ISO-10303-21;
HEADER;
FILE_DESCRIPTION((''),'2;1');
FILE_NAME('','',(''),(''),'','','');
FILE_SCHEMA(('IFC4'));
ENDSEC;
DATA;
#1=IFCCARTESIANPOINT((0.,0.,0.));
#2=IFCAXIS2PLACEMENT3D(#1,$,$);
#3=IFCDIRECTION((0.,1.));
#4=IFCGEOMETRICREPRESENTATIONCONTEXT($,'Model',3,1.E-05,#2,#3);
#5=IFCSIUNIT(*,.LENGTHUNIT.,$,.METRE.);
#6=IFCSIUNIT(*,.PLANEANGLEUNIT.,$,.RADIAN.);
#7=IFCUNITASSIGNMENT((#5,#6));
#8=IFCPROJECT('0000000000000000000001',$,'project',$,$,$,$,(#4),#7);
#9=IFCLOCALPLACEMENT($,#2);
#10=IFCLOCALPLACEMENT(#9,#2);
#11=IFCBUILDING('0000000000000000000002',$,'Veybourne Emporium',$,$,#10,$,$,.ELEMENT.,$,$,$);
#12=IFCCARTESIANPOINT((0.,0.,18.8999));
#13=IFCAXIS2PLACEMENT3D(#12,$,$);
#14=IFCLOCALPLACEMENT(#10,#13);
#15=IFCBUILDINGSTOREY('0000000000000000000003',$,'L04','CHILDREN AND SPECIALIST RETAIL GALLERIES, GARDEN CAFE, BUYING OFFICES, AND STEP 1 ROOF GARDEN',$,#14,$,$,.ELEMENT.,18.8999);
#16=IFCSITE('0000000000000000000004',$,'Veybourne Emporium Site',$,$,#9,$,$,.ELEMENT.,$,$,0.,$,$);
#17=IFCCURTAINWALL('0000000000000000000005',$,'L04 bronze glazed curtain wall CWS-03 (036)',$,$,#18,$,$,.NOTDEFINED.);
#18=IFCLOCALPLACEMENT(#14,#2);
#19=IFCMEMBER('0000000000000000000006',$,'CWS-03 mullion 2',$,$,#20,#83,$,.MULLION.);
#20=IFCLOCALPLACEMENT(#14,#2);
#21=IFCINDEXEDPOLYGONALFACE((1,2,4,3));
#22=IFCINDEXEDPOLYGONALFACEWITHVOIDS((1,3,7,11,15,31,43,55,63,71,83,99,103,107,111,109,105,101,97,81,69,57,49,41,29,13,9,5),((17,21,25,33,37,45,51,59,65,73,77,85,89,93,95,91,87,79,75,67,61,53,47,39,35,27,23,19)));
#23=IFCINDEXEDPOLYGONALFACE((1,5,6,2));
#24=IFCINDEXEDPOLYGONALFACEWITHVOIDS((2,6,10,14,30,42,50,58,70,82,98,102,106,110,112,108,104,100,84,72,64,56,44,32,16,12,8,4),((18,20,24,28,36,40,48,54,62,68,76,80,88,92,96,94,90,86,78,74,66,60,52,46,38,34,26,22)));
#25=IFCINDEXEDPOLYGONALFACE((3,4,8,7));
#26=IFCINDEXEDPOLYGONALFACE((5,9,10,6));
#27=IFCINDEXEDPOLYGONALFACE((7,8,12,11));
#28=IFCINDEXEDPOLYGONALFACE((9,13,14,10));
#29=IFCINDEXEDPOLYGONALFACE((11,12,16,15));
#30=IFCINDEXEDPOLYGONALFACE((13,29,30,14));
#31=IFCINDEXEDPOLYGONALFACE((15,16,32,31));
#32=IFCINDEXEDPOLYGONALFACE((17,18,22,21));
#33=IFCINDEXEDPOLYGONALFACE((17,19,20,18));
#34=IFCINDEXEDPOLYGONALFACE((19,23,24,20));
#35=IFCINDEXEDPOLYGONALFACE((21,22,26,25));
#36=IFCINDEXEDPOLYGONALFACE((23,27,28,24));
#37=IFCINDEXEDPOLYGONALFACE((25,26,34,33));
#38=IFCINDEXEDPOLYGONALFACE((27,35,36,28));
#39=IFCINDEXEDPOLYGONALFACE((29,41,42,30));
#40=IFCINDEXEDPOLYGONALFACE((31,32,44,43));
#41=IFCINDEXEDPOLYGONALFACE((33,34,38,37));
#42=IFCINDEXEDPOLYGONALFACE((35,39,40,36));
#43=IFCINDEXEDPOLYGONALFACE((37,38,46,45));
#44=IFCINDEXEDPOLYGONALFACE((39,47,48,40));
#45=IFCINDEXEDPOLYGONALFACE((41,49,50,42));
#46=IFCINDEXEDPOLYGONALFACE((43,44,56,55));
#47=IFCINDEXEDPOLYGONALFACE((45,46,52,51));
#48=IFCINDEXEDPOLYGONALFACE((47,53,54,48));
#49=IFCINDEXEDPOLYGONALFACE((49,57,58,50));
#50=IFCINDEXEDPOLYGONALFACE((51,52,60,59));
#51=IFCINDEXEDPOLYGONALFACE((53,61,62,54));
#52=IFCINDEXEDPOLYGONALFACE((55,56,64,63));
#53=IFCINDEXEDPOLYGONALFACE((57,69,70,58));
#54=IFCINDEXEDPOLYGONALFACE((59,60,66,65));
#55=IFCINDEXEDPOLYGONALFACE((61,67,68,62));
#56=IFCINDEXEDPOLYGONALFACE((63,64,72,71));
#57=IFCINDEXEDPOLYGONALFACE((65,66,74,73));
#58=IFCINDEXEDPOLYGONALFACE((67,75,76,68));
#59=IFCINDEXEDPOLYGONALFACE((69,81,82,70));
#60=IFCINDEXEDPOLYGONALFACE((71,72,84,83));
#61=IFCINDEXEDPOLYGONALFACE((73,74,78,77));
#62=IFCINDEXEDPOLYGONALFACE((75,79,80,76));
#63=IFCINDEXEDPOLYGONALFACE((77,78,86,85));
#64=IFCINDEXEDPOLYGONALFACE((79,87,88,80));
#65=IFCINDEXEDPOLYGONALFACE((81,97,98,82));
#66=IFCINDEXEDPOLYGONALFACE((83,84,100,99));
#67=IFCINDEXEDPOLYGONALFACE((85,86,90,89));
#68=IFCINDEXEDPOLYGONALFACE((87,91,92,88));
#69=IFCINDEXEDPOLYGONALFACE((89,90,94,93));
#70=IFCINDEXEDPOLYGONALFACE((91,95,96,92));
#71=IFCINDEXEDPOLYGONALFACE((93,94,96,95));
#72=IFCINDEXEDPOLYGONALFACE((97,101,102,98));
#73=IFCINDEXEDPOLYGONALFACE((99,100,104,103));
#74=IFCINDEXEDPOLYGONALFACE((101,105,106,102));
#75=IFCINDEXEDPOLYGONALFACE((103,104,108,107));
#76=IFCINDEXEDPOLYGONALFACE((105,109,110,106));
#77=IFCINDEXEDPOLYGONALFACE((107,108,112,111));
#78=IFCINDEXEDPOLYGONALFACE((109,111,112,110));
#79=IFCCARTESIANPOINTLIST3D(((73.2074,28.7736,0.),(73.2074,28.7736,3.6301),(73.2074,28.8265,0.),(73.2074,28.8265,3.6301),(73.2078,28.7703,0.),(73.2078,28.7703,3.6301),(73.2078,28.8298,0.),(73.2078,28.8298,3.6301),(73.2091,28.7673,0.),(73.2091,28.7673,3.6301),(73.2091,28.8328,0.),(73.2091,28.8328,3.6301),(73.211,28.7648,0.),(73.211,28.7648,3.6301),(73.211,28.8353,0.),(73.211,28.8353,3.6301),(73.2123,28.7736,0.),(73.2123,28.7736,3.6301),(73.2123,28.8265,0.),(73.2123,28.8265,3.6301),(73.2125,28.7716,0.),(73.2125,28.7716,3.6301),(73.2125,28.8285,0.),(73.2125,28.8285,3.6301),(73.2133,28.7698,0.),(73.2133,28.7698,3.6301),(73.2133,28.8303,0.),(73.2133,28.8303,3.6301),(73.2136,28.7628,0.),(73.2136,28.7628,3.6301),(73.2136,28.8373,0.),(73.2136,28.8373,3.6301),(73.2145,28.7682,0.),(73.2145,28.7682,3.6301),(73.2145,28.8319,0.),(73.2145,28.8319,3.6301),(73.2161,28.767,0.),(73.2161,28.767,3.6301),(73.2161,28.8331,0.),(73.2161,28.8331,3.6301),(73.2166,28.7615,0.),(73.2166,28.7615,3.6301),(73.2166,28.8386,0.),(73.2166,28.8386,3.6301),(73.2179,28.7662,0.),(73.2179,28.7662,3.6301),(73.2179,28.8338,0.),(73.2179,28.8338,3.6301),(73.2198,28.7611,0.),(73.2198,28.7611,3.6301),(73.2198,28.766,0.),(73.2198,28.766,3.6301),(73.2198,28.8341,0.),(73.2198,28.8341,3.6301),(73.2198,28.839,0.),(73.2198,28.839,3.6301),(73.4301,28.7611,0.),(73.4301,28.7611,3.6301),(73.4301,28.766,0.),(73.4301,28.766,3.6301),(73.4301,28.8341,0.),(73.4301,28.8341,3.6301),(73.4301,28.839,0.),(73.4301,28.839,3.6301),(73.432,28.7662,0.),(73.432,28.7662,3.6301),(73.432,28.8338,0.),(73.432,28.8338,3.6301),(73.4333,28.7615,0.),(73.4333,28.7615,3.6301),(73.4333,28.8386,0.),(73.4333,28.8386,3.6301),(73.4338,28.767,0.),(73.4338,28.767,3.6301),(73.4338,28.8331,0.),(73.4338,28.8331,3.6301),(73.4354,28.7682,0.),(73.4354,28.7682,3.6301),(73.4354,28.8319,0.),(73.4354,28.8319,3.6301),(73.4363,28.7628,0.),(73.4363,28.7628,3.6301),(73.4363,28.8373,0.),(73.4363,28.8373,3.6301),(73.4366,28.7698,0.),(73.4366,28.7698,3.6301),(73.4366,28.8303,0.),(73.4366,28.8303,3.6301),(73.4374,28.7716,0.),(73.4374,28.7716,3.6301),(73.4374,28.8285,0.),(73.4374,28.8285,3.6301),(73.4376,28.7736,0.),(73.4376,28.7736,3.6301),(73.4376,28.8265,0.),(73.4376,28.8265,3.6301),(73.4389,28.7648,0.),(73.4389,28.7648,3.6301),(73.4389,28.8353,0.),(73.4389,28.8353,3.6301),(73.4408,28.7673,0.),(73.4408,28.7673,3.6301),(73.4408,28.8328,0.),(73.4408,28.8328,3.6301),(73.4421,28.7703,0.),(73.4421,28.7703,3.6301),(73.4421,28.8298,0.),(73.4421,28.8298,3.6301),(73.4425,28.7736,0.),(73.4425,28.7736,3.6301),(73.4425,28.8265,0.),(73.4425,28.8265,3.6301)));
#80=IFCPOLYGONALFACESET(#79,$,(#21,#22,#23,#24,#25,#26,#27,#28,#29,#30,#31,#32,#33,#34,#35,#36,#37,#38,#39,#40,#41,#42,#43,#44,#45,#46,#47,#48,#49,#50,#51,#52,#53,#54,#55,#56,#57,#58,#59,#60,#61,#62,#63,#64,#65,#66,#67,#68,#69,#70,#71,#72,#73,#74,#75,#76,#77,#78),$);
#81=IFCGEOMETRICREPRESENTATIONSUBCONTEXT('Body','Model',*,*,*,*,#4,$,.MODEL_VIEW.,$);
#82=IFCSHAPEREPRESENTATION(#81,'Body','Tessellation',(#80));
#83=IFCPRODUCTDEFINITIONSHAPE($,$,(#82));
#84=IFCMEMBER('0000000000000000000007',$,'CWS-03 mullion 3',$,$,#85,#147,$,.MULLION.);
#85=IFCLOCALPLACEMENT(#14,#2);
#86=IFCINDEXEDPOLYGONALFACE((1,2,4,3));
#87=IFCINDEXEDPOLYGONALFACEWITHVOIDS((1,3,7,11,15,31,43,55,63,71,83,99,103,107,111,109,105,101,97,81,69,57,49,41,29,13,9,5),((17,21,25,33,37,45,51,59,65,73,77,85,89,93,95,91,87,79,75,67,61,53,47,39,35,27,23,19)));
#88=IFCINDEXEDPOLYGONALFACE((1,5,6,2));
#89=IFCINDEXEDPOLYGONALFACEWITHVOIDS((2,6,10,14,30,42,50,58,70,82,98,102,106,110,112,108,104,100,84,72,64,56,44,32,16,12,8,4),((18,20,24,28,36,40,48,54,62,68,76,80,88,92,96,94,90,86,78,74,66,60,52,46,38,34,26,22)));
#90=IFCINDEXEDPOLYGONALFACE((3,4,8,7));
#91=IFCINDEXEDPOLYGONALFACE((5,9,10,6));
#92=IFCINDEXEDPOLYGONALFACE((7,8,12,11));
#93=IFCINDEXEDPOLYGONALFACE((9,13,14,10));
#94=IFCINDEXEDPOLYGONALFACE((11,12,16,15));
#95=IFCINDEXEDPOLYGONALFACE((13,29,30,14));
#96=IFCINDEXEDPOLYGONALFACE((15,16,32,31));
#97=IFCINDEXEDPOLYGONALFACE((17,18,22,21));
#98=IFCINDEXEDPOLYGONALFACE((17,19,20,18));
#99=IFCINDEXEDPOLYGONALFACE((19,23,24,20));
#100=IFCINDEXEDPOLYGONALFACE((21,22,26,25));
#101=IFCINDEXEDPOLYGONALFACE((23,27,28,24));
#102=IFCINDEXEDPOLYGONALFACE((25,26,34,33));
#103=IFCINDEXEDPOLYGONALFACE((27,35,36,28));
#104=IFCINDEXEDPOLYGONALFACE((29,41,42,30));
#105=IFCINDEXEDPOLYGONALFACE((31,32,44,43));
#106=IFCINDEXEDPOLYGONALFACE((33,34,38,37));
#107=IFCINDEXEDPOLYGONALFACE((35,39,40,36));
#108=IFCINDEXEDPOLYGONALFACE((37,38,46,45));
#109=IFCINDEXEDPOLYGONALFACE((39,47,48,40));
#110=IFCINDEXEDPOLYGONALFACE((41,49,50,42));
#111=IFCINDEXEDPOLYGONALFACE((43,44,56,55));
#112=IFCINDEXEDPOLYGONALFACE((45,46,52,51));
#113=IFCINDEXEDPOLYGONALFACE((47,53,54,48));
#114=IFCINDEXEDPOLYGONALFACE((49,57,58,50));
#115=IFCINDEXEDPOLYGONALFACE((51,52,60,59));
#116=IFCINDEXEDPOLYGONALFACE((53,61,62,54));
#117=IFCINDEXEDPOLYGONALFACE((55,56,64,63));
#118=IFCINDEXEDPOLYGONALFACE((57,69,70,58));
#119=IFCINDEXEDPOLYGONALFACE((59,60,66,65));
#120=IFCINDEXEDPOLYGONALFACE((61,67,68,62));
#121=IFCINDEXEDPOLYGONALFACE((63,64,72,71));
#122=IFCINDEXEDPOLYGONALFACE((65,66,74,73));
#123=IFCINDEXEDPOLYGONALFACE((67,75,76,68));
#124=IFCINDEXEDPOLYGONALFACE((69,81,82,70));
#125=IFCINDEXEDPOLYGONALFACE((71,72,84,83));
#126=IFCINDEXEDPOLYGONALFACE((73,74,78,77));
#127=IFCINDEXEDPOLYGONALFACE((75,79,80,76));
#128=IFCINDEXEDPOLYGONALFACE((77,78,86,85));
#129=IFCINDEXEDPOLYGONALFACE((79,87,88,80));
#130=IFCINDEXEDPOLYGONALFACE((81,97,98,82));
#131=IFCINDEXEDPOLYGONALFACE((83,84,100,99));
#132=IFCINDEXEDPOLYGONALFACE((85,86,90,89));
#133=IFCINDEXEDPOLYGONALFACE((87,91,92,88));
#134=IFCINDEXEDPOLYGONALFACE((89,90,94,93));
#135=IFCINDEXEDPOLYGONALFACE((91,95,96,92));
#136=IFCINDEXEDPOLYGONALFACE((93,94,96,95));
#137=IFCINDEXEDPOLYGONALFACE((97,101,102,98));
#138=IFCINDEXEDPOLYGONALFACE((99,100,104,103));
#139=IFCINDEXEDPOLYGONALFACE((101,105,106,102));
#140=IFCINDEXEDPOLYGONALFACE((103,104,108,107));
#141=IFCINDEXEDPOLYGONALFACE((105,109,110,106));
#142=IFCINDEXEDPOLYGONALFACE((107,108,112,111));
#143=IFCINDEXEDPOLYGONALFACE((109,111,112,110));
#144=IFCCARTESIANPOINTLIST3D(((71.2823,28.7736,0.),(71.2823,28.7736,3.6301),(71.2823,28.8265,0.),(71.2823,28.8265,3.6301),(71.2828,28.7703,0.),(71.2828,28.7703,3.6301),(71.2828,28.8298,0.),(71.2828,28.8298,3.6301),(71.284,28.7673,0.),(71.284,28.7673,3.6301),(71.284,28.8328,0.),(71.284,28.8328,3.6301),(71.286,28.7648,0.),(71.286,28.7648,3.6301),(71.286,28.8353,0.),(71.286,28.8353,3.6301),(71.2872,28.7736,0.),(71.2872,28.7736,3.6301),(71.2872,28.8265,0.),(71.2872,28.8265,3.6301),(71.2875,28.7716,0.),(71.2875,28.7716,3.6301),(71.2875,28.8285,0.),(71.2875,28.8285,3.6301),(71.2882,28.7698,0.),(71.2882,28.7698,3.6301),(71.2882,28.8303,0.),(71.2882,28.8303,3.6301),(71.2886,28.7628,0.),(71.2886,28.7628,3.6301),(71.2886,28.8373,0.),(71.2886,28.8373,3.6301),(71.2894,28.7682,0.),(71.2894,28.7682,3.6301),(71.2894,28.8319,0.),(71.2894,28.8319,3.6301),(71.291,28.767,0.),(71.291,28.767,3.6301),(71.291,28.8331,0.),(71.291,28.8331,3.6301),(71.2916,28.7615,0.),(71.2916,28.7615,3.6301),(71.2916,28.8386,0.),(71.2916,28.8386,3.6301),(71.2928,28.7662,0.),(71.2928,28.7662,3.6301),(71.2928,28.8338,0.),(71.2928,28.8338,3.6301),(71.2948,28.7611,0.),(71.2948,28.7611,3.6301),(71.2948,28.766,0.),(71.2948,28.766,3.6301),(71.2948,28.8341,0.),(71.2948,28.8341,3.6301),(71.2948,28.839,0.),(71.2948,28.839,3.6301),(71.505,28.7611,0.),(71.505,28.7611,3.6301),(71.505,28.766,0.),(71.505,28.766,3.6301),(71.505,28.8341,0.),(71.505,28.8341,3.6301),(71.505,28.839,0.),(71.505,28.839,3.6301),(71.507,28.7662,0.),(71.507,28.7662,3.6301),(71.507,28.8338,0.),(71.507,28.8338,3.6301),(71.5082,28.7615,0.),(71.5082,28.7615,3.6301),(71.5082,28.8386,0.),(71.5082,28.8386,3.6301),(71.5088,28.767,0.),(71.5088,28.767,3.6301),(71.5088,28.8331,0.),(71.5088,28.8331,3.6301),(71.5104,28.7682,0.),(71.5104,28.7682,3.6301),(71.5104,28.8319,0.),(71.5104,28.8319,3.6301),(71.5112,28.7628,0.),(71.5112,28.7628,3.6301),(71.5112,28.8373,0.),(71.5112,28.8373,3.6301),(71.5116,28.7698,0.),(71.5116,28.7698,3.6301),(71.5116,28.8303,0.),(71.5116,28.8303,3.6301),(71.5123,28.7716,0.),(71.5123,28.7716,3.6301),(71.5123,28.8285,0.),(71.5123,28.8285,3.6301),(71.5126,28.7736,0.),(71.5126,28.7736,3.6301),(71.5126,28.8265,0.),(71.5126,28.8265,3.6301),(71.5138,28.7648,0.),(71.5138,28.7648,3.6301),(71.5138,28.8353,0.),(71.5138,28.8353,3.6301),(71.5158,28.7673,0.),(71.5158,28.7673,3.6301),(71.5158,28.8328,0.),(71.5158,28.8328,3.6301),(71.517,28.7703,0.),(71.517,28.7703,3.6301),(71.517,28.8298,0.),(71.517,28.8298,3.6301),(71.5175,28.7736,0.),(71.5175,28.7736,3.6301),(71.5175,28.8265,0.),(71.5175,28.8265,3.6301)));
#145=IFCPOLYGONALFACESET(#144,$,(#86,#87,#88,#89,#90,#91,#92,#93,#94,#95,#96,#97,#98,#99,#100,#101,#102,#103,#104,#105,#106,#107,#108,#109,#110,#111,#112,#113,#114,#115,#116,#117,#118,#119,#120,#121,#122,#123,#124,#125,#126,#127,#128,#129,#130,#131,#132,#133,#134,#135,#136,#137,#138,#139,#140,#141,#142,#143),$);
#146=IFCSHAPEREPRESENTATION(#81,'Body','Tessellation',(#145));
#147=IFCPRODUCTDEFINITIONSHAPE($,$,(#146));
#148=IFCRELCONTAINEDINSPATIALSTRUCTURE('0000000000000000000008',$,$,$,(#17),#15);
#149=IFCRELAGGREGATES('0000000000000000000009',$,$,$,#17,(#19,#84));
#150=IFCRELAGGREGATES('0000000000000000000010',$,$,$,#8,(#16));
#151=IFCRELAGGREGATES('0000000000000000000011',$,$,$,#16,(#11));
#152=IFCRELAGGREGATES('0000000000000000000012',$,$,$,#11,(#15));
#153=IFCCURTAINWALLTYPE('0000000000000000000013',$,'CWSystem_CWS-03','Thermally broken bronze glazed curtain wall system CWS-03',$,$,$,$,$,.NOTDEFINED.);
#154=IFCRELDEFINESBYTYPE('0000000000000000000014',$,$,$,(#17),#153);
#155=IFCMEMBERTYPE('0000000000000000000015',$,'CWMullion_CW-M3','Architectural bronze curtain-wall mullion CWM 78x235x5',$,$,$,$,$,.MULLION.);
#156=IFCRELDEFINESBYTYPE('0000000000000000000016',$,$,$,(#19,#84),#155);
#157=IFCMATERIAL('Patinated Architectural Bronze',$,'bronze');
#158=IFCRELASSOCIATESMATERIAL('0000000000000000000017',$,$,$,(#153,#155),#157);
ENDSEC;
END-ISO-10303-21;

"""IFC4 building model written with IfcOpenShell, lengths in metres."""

from ifc_helpers import new_model, si_unit, direction, frame, origin, origin_2d, place, context, subcontext, project, spatial, hollow_rectangle, extrude, material, material_profile, profile_set, type_object, element, aggregate, save


model = new_model("IFC4")

# Units and contexts
model_context = context("Model", 3, precision=1e-05, world=origin(), true_north=direction((0.0, 1.0)))
body_context = subcontext(model_context, "Body", "Model", "MODEL_VIEW")
ifc_project = project(units=[si_unit("LENGTHUNIT", "METRE"), si_unit("PLANEANGLEUNIT", "RADIAN")], contexts=[model_context])

# Site, building, storey
site_placement = place(None, origin())
site = spatial("IfcSite", under=ifc_project, at=site_placement, Name="Veybourne Emporium Site", CompositionType="ELEMENT", RefElevation=0.0)
building_placement = place(site_placement, origin())
building = spatial("IfcBuilding", under=site, at=building_placement, Name="Veybourne Emporium", CompositionType="ELEMENT")
storey_placement = place(building_placement, frame((0.0, 0.0, 18.8999)))
storey = spatial("IfcBuildingStorey", under=building, at=storey_placement, Name="L04", Description="CHILDREN AND SPECIALIST RETAIL GALLERIES, GARDEN CAFE, BUYING OFFICES, AND STEP 1 ROOF GARDEN", CompositionType="ELEMENT", Elevation=18.8999)

# Curtain wall, members
ifc_material_1 = material(Name="Patinated Architectural Bronze", Category="bronze")
curtain_wall_type = type_object("IfcCurtainWallType", Name="CWSystem_CWS-03", Description="Thermally broken bronze glazed curtain wall system CWS-03", PredefinedType="NOTDEFINED", material=ifc_material_1)
curtain_wall_placement = place(storey_placement, origin())
curtain_wall = element("IfcCurtainWall", 1, at=curtain_wall_placement, inside=storey, type_object=curtain_wall_type, Name="L04 bronze glazed curtain wall CWS-03 (036)", PredefinedType="NOTDEFINED")
ifc_material_profile_1 = material_profile(ifc_material_1, hollow_rectangle(XDim=0.0779, YDim=0.2351, WallThickness=0.0049, InnerFilletRadius=0.0076, OuterFilletRadius=0.0125, at=origin_2d()), Name="CWM 78x235x5")
ifc_profile_set_1 = profile_set([ifc_material_profile_1], Name="Patinated Architectural Bronze")
member_type_1 = type_object("IfcMemberType", Name="CWMullion_CW-M3", Description="Architectural bronze curtain-wall mullion CWM 78x235x5", PredefinedType="MULLION", material=ifc_profile_set_1)
member_1_placement = place(storey_placement, frame((73.325, 28.8, 0.0), z_axis=(0.0, 0.0, 1.0), x_axis=(0.0, -1.0, 0.0)))
member_1 = element("IfcMember", 2, at=member_1_placement, type_object=member_type_1, Name="CWS-03 mullion 2", PredefinedType="MULLION", context=body_context, shape_type="SweptSolid", body=[
    extrude(hollow_rectangle(XDim=0.0779, YDim=0.2351, WallThickness=0.0049, InnerFilletRadius=0.0076, OuterFilletRadius=0.0125, at=origin_2d()), origin(), (0.0, 0.0, 1.0), 3.6301),
])
member_2_placement = place(storey_placement, frame((71.3999, 28.8, 0.0), z_axis=(0.0, 0.0, 1.0), x_axis=(0.0, -1.0, 0.0)))
member_2 = element("IfcMember", 3, at=member_2_placement, type_object=member_type_1, Name="CWS-03 mullion 3", PredefinedType="MULLION", context=body_context, shape_type="SweptSolid", body=[
    extrude(hollow_rectangle(XDim=0.0779, YDim=0.2351, WallThickness=0.0049, InnerFilletRadius=0.0076, OuterFilletRadius=0.0125, at=origin_2d()), origin(), (0.0, 0.0, 1.0), 3.6301),
])
aggregate(curtain_wall, [member_1, member_2])

save(model, "model.ifc")
